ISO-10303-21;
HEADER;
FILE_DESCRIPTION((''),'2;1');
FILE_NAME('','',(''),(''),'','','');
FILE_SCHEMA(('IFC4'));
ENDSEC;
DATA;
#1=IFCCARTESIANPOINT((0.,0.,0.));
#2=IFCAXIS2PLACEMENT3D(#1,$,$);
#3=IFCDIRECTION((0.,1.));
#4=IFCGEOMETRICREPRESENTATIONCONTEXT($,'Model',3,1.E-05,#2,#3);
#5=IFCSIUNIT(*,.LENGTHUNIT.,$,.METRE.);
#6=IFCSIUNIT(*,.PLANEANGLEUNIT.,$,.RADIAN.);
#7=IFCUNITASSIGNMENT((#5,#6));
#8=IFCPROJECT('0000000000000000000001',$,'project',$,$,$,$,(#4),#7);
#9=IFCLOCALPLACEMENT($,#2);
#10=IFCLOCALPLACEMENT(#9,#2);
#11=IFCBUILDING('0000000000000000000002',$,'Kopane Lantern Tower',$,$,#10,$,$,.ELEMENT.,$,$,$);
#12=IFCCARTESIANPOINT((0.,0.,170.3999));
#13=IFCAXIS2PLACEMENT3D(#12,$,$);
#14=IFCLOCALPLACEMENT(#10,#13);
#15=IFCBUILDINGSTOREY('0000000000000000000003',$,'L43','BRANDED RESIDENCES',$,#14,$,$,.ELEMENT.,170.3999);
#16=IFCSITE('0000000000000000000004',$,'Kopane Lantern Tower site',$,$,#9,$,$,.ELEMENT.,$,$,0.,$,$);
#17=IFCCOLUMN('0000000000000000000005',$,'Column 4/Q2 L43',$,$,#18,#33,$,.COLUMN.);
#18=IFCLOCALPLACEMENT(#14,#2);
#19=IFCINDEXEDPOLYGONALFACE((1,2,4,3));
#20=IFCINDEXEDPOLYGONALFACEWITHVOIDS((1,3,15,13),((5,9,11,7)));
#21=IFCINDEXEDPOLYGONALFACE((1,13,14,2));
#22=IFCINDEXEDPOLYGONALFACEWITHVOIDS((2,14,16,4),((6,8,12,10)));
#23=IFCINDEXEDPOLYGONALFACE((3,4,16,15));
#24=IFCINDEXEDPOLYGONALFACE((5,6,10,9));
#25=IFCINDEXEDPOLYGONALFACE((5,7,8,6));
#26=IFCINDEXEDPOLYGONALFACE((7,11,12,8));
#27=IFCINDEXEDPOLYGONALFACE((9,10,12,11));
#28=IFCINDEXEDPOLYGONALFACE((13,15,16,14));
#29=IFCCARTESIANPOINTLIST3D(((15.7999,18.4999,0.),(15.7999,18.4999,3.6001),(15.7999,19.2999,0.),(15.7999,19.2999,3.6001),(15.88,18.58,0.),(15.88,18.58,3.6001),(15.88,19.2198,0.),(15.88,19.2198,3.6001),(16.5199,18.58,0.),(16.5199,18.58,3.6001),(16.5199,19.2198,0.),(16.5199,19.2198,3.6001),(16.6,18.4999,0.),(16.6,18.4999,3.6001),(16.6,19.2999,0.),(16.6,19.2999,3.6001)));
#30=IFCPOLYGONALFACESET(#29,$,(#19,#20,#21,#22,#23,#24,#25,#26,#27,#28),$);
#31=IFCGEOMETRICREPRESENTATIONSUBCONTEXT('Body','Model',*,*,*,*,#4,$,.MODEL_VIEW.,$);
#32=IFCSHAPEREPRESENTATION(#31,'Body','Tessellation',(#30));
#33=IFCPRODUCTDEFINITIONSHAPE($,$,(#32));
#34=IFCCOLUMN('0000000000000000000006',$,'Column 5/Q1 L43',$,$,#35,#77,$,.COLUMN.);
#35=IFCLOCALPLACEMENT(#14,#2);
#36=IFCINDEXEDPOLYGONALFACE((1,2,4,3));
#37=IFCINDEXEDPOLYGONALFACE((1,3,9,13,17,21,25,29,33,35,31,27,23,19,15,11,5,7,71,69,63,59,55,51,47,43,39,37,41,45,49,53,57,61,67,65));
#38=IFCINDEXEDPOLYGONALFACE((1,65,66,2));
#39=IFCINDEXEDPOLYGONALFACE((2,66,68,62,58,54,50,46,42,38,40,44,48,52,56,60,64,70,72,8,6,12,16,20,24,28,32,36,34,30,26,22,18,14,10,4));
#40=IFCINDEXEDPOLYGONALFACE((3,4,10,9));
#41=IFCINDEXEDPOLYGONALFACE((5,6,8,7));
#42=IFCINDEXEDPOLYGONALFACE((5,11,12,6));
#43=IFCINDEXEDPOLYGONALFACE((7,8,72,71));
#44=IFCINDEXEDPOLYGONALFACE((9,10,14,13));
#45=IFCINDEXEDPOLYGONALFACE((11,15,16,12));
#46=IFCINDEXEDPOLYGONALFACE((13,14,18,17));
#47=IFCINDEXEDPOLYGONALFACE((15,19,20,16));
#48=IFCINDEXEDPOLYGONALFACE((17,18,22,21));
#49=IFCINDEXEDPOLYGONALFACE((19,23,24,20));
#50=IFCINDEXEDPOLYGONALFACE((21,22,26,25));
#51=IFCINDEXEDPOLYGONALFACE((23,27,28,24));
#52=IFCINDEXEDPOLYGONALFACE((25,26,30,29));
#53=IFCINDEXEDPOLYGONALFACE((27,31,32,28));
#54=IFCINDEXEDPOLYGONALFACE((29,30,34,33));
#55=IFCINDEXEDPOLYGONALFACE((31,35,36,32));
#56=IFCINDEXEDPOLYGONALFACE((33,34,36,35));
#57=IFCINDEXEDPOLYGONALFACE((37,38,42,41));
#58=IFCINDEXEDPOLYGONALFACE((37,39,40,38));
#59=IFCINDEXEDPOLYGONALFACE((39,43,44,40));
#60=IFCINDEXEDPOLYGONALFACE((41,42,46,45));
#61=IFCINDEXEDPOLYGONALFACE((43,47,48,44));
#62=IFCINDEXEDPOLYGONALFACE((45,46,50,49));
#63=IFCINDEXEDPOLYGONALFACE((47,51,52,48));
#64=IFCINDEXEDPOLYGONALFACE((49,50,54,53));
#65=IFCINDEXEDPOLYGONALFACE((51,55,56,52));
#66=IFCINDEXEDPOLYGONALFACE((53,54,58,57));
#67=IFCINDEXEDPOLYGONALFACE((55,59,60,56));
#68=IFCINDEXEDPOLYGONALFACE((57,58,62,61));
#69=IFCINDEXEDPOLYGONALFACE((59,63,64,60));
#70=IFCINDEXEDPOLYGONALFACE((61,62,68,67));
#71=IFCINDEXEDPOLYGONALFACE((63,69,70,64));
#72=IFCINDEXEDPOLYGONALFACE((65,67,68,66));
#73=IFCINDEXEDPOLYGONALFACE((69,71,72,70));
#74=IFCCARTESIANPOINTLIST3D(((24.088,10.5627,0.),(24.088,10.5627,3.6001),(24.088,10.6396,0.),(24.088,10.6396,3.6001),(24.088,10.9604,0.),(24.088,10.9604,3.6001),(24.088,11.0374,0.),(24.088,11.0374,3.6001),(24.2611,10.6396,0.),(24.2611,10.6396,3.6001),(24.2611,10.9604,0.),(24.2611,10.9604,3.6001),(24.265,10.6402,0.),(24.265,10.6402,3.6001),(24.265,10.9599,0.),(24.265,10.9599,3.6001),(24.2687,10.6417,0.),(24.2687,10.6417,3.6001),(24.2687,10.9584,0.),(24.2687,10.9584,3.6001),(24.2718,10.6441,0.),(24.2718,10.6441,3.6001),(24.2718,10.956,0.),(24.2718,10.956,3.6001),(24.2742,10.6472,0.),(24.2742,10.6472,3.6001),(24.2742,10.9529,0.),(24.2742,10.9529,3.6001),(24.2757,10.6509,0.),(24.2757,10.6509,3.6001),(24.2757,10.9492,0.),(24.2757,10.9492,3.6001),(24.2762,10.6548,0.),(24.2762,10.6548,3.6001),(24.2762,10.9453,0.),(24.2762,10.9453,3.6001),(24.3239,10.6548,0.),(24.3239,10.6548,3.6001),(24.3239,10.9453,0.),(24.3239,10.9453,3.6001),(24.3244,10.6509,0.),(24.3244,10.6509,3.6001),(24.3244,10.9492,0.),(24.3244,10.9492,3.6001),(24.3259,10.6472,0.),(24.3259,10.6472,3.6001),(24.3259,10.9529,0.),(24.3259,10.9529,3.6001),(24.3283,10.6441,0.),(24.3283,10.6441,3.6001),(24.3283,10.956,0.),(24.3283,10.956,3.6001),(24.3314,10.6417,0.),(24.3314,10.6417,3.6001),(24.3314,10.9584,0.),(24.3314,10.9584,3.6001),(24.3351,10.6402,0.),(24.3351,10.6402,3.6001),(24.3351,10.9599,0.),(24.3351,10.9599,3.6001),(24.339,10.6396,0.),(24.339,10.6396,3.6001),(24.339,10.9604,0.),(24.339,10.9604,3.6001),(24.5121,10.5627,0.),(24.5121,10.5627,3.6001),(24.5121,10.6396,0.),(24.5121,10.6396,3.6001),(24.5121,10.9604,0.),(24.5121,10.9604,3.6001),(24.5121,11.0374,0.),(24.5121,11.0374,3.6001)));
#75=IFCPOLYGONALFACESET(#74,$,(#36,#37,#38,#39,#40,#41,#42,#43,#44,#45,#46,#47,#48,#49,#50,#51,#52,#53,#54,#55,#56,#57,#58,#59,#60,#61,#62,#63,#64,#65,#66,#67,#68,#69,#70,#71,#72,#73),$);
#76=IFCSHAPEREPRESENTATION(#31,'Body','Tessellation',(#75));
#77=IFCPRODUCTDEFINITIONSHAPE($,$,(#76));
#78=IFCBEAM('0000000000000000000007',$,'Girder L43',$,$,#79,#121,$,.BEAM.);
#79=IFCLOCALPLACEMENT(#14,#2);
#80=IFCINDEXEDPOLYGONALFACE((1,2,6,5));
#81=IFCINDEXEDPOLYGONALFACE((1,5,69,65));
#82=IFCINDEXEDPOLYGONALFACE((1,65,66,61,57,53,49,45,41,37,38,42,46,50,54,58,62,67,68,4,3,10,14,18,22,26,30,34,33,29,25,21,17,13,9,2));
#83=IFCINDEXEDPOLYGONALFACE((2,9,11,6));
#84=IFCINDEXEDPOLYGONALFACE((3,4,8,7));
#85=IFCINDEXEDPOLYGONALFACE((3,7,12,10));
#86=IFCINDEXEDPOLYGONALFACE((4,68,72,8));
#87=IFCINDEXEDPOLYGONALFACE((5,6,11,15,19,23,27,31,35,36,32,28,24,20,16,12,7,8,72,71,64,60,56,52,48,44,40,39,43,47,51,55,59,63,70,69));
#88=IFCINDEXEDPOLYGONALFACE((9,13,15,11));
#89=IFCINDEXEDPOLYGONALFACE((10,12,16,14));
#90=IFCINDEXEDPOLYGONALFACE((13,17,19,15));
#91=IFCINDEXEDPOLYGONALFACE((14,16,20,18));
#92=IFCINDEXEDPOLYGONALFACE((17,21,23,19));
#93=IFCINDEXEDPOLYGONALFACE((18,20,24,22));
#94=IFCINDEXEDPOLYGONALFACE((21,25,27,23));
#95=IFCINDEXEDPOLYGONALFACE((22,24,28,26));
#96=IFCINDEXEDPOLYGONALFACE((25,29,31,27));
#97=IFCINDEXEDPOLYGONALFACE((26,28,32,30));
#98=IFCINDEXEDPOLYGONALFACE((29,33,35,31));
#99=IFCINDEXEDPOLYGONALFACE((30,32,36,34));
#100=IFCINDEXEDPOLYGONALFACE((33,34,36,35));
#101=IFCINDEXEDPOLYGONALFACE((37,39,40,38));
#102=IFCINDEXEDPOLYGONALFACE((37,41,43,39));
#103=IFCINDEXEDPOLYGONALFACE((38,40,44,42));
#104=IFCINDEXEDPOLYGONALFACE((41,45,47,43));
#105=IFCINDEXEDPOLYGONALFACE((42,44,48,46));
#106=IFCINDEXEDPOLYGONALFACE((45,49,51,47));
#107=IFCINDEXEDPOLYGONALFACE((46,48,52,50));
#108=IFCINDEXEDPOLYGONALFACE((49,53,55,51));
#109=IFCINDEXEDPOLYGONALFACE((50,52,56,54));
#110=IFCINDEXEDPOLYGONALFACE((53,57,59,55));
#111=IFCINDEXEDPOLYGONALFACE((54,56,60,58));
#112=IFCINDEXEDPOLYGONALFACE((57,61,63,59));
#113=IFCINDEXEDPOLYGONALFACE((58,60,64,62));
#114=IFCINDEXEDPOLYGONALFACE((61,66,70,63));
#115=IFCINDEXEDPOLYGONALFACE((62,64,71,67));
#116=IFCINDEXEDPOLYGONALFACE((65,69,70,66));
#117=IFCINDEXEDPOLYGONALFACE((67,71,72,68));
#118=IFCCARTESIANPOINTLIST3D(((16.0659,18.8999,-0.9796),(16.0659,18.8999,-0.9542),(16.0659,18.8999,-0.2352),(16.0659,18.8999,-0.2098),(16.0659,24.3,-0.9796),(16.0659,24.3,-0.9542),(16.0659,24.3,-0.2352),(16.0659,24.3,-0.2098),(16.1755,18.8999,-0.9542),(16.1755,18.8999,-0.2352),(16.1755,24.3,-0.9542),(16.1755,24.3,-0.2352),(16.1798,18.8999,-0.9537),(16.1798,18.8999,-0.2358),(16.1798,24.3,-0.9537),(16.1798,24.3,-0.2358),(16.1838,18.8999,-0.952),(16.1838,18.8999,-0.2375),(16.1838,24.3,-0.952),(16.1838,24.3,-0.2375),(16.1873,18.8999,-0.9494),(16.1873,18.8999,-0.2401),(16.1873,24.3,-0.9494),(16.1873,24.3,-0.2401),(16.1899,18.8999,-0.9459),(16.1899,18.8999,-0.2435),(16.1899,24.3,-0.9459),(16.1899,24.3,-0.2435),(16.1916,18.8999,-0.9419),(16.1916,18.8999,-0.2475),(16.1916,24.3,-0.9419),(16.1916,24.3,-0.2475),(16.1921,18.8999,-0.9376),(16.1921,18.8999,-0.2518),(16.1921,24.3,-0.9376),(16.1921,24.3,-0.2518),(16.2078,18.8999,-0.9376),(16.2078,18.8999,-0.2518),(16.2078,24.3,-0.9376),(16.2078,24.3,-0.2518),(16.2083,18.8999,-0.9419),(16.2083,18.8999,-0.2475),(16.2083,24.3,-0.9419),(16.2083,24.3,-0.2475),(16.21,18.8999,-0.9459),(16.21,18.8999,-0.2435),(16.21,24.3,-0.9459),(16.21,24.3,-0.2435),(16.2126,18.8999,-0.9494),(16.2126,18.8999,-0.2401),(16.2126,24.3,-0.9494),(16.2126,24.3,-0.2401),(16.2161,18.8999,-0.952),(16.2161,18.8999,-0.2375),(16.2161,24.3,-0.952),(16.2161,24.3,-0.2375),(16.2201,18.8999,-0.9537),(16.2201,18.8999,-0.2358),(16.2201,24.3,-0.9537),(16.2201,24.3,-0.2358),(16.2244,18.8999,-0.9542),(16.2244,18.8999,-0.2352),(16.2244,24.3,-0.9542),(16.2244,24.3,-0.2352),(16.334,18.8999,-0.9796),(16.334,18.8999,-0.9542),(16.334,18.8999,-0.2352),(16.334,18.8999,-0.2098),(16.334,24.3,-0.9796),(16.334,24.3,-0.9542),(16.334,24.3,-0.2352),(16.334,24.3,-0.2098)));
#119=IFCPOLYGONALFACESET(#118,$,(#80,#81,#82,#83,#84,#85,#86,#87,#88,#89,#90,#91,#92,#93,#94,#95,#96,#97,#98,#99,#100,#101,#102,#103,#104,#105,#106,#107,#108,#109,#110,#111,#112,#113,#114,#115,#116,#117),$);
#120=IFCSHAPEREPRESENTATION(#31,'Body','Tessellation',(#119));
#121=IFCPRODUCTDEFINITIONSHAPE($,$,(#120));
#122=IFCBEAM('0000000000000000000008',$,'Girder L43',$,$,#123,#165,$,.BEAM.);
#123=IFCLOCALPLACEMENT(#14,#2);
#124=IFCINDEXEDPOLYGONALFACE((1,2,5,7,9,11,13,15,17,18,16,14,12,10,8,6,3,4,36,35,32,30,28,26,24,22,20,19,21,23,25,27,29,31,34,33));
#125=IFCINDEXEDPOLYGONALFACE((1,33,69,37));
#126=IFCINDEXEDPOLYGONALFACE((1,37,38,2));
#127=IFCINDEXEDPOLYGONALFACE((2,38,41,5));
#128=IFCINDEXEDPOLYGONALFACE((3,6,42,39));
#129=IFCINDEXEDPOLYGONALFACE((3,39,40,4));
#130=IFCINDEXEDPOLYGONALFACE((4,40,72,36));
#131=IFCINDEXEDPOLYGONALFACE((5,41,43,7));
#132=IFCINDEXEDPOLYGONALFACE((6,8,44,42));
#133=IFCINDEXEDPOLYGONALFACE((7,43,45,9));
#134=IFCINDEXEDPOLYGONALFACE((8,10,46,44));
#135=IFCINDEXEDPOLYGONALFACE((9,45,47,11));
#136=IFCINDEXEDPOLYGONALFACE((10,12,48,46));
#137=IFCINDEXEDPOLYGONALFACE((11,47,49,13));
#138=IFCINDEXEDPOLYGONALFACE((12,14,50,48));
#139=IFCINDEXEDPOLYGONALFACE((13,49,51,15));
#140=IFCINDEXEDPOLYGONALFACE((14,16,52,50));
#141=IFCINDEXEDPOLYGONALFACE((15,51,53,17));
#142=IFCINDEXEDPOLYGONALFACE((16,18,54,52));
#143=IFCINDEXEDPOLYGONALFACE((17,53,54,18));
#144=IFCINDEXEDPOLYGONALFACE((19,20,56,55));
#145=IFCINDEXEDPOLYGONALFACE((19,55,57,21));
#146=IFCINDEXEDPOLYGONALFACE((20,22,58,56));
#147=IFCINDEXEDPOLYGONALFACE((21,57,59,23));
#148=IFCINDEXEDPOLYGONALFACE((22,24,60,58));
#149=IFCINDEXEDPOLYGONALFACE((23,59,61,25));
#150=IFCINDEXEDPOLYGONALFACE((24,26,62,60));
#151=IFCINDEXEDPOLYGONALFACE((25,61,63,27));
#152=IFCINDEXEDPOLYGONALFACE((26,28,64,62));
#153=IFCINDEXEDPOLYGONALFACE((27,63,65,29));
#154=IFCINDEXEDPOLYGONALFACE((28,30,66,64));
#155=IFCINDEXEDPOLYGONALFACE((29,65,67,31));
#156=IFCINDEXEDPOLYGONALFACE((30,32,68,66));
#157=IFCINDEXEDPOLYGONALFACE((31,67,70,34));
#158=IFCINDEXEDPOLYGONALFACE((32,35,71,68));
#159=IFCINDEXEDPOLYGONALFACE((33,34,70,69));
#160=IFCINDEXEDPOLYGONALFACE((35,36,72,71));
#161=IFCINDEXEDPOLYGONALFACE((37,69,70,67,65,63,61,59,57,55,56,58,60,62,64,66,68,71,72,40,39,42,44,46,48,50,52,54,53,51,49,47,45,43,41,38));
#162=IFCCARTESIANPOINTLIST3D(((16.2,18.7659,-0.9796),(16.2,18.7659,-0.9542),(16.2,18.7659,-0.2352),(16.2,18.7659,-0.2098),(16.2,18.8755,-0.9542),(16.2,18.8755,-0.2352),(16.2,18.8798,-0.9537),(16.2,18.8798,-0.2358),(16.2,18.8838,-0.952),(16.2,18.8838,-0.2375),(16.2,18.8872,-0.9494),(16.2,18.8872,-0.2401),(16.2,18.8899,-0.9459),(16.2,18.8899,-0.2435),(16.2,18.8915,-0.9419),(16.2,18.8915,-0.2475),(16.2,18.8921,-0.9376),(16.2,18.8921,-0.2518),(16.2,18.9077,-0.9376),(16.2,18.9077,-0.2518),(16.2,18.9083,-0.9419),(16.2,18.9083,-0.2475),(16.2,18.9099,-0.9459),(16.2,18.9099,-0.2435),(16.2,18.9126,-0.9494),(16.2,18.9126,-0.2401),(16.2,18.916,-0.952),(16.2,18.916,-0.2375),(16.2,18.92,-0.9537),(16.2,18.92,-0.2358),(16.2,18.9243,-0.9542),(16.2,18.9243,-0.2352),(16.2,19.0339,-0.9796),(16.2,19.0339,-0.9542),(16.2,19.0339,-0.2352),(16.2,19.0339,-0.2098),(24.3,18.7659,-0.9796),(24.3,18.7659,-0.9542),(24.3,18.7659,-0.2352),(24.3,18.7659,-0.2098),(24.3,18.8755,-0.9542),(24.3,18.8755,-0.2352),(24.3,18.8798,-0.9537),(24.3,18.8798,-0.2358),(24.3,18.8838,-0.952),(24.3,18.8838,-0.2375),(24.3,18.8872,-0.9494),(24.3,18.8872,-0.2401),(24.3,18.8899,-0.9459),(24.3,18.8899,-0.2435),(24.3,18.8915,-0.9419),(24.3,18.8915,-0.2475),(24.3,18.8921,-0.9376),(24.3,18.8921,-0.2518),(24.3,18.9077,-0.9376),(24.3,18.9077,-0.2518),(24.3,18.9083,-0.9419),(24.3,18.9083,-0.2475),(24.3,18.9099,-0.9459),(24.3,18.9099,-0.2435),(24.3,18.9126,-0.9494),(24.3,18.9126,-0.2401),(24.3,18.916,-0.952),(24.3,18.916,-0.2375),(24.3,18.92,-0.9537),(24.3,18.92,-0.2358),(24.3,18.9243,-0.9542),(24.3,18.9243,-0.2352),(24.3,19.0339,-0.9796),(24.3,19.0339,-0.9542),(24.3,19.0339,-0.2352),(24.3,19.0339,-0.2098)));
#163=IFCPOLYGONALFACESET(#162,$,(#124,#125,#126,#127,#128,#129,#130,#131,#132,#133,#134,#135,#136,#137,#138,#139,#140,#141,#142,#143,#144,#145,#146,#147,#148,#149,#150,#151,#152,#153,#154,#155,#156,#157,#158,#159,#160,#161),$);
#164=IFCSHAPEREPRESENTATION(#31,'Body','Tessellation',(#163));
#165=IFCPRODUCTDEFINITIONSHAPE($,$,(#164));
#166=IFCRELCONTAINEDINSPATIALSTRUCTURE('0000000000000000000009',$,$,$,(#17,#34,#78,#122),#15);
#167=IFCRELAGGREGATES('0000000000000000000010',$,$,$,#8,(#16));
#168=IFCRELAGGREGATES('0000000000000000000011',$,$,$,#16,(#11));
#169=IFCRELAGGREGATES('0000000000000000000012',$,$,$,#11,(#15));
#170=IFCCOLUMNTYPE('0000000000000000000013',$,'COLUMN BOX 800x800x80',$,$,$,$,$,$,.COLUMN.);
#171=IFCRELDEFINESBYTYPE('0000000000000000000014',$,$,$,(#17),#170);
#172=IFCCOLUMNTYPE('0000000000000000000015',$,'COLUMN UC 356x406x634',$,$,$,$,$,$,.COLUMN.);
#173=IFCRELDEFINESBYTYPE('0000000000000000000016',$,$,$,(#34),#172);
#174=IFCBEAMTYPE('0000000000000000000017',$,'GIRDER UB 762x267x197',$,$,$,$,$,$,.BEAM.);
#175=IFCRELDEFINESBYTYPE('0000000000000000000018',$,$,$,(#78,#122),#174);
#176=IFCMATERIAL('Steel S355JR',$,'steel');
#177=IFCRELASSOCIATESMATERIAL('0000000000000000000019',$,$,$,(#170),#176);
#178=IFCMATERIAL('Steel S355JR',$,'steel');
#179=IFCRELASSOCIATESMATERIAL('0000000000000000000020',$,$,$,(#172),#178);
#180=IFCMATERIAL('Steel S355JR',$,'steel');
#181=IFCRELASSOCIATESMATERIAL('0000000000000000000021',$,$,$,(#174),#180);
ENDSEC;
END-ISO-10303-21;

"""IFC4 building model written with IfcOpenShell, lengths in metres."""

from ifc_helpers import new_model, si_unit, direction, frame, origin, origin_2d, place, context, subcontext, project, spatial, hollow_rectangle, i_section, extrude, material, material_profile, profile_set, type_object, element, save


model = new_model("IFC4")

# Units and contexts
model_context = context("Model", 3, precision=1e-05, world=origin(), true_north=direction((0.0, 1.0)))
body_context = subcontext(model_context, "Body", "Model", "MODEL_VIEW")
ifc_project = project(units=[si_unit("LENGTHUNIT", "METRE"), si_unit("PLANEANGLEUNIT", "RADIAN")], contexts=[model_context])

# Site, building, storey
site_placement = place(None, origin())
site = spatial("IfcSite", under=ifc_project, at=site_placement, Name="Kopane Lantern Tower site", CompositionType="ELEMENT", RefElevation=0.0)
building_placement = place(site_placement, origin())
building = spatial("IfcBuilding", under=site, at=building_placement, Name="Kopane Lantern Tower", CompositionType="ELEMENT")
storey_placement = place(building_placement, frame((0.0, 0.0, 170.3999)))
storey = spatial("IfcBuildingStorey", under=building, at=storey_placement, Name="L43", Description="BRANDED RESIDENCES", CompositionType="ELEMENT", Elevation=170.3999)

# Columns
ifc_material_1 = material(Name="Steel S355JR", Category="steel")
ifc_material_profile_1 = material_profile(ifc_material_1, hollow_rectangle(XDim=0.8, YDim=0.8, WallThickness=0.0801, at=origin_2d()), Name="BOX 800x800x80")
ifc_profile_set_1 = profile_set([ifc_material_profile_1], Name="Steel S355JR")
column_type_1 = type_object("IfcColumnType", Name="COLUMN BOX 800x800x80", PredefinedType="COLUMN", material=ifc_profile_set_1)
column_1_placement = place(storey_placement, frame((16.2, 18.8999, 0.0), z_axis=(0.0, 0.0, 1.0), x_axis=(1.0, 0.0, 0.0)))
element("IfcColumn", 1, at=column_1_placement, inside=storey, type_object=column_type_1, Name="Column 4/Q2 L43", PredefinedType="COLUMN", context=body_context, shape_type="SweptSolid", body=[
    extrude(hollow_rectangle(XDim=0.8, YDim=0.8, WallThickness=0.0801, at=origin_2d()), origin(), (0.0, 0.0, 1.0), 3.6001),
])
ifc_material_2 = material(Name="Steel S355JR", Category="steel")
ifc_material_profile_2 = material_profile(ifc_material_2, i_section(OverallWidth=0.4241, OverallDepth=0.4746, WebThickness=0.0476, FlangeThickness=0.0769, FilletRadius=0.0151, at=origin_2d()), Name="UC 356x406x634")
ifc_profile_set_2 = profile_set([ifc_material_profile_2], Name="Steel S355JR")
column_type_2 = type_object("IfcColumnType", Name="COLUMN UC 356x406x634", PredefinedType="COLUMN", material=ifc_profile_set_2)
column_2_placement = place(storey_placement, frame((24.3, 10.8, 0.0), z_axis=(0.0, 0.0, 1.0), x_axis=(1.0, 0.0, 0.0)))
element("IfcColumn", 2, at=column_2_placement, inside=storey, type_object=column_type_2, Name="Column 5/Q1 L43", PredefinedType="COLUMN", context=body_context, shape_type="SweptSolid", body=[
    extrude(i_section(OverallWidth=0.4241, OverallDepth=0.4746, WebThickness=0.0476, FlangeThickness=0.0769, FilletRadius=0.0151, at=origin_2d()), origin(), (0.0, 0.0, 1.0), 3.6001),
])

# Beams
ifc_material_3 = material(Name="Steel S355JR", Category="steel")
ifc_material_profile_3 = material_profile(ifc_material_3, i_section(OverallWidth=0.2681, OverallDepth=0.7698, WebThickness=0.0156, FlangeThickness=0.0254, FilletRadius=0.0166, at=origin_2d()), Name="UB 762x267x197")
ifc_profile_set_3 = profile_set([ifc_material_profile_3], Name="Steel S355JR")
beam_type = type_object("IfcBeamType", Name="GIRDER UB 762x267x197", PredefinedType="BEAM", material=ifc_profile_set_3)
beam_1_placement = place(storey_placement, frame((16.2, 18.8999, -0.5947), z_axis=(0.0, 1.0, 0.0), x_axis=(-1.0, 0.0, 0.0)))
element("IfcBeam", 3, at=beam_1_placement, inside=storey, type_object=beam_type, Name="Girder L43", PredefinedType="BEAM", context=body_context, shape_type="SweptSolid", body=[
    extrude(i_section(OverallWidth=0.2681, OverallDepth=0.7698, WebThickness=0.0156, FlangeThickness=0.0254, FilletRadius=0.0166, at=origin_2d()), origin(), (0.0, 0.0, 1.0), 5.4001),
])
beam_2_placement = place(storey_placement, frame((16.2, 18.8999, -0.5947), z_axis=(1.0, 0.0, 0.0), x_axis=(0.0, 1.0, 0.0)))
element("IfcBeam", 4, at=beam_2_placement, inside=storey, type_object=beam_type, Name="Girder L43", PredefinedType="BEAM", context=body_context, shape_type="SweptSolid", body=[
    extrude(i_section(OverallWidth=0.2681, OverallDepth=0.7698, WebThickness=0.0156, FlangeThickness=0.0254, FilletRadius=0.0166, at=origin_2d()), origin(), (0.0, 0.0, 1.0), 8.1001),
])

save(model, "model.ifc")
